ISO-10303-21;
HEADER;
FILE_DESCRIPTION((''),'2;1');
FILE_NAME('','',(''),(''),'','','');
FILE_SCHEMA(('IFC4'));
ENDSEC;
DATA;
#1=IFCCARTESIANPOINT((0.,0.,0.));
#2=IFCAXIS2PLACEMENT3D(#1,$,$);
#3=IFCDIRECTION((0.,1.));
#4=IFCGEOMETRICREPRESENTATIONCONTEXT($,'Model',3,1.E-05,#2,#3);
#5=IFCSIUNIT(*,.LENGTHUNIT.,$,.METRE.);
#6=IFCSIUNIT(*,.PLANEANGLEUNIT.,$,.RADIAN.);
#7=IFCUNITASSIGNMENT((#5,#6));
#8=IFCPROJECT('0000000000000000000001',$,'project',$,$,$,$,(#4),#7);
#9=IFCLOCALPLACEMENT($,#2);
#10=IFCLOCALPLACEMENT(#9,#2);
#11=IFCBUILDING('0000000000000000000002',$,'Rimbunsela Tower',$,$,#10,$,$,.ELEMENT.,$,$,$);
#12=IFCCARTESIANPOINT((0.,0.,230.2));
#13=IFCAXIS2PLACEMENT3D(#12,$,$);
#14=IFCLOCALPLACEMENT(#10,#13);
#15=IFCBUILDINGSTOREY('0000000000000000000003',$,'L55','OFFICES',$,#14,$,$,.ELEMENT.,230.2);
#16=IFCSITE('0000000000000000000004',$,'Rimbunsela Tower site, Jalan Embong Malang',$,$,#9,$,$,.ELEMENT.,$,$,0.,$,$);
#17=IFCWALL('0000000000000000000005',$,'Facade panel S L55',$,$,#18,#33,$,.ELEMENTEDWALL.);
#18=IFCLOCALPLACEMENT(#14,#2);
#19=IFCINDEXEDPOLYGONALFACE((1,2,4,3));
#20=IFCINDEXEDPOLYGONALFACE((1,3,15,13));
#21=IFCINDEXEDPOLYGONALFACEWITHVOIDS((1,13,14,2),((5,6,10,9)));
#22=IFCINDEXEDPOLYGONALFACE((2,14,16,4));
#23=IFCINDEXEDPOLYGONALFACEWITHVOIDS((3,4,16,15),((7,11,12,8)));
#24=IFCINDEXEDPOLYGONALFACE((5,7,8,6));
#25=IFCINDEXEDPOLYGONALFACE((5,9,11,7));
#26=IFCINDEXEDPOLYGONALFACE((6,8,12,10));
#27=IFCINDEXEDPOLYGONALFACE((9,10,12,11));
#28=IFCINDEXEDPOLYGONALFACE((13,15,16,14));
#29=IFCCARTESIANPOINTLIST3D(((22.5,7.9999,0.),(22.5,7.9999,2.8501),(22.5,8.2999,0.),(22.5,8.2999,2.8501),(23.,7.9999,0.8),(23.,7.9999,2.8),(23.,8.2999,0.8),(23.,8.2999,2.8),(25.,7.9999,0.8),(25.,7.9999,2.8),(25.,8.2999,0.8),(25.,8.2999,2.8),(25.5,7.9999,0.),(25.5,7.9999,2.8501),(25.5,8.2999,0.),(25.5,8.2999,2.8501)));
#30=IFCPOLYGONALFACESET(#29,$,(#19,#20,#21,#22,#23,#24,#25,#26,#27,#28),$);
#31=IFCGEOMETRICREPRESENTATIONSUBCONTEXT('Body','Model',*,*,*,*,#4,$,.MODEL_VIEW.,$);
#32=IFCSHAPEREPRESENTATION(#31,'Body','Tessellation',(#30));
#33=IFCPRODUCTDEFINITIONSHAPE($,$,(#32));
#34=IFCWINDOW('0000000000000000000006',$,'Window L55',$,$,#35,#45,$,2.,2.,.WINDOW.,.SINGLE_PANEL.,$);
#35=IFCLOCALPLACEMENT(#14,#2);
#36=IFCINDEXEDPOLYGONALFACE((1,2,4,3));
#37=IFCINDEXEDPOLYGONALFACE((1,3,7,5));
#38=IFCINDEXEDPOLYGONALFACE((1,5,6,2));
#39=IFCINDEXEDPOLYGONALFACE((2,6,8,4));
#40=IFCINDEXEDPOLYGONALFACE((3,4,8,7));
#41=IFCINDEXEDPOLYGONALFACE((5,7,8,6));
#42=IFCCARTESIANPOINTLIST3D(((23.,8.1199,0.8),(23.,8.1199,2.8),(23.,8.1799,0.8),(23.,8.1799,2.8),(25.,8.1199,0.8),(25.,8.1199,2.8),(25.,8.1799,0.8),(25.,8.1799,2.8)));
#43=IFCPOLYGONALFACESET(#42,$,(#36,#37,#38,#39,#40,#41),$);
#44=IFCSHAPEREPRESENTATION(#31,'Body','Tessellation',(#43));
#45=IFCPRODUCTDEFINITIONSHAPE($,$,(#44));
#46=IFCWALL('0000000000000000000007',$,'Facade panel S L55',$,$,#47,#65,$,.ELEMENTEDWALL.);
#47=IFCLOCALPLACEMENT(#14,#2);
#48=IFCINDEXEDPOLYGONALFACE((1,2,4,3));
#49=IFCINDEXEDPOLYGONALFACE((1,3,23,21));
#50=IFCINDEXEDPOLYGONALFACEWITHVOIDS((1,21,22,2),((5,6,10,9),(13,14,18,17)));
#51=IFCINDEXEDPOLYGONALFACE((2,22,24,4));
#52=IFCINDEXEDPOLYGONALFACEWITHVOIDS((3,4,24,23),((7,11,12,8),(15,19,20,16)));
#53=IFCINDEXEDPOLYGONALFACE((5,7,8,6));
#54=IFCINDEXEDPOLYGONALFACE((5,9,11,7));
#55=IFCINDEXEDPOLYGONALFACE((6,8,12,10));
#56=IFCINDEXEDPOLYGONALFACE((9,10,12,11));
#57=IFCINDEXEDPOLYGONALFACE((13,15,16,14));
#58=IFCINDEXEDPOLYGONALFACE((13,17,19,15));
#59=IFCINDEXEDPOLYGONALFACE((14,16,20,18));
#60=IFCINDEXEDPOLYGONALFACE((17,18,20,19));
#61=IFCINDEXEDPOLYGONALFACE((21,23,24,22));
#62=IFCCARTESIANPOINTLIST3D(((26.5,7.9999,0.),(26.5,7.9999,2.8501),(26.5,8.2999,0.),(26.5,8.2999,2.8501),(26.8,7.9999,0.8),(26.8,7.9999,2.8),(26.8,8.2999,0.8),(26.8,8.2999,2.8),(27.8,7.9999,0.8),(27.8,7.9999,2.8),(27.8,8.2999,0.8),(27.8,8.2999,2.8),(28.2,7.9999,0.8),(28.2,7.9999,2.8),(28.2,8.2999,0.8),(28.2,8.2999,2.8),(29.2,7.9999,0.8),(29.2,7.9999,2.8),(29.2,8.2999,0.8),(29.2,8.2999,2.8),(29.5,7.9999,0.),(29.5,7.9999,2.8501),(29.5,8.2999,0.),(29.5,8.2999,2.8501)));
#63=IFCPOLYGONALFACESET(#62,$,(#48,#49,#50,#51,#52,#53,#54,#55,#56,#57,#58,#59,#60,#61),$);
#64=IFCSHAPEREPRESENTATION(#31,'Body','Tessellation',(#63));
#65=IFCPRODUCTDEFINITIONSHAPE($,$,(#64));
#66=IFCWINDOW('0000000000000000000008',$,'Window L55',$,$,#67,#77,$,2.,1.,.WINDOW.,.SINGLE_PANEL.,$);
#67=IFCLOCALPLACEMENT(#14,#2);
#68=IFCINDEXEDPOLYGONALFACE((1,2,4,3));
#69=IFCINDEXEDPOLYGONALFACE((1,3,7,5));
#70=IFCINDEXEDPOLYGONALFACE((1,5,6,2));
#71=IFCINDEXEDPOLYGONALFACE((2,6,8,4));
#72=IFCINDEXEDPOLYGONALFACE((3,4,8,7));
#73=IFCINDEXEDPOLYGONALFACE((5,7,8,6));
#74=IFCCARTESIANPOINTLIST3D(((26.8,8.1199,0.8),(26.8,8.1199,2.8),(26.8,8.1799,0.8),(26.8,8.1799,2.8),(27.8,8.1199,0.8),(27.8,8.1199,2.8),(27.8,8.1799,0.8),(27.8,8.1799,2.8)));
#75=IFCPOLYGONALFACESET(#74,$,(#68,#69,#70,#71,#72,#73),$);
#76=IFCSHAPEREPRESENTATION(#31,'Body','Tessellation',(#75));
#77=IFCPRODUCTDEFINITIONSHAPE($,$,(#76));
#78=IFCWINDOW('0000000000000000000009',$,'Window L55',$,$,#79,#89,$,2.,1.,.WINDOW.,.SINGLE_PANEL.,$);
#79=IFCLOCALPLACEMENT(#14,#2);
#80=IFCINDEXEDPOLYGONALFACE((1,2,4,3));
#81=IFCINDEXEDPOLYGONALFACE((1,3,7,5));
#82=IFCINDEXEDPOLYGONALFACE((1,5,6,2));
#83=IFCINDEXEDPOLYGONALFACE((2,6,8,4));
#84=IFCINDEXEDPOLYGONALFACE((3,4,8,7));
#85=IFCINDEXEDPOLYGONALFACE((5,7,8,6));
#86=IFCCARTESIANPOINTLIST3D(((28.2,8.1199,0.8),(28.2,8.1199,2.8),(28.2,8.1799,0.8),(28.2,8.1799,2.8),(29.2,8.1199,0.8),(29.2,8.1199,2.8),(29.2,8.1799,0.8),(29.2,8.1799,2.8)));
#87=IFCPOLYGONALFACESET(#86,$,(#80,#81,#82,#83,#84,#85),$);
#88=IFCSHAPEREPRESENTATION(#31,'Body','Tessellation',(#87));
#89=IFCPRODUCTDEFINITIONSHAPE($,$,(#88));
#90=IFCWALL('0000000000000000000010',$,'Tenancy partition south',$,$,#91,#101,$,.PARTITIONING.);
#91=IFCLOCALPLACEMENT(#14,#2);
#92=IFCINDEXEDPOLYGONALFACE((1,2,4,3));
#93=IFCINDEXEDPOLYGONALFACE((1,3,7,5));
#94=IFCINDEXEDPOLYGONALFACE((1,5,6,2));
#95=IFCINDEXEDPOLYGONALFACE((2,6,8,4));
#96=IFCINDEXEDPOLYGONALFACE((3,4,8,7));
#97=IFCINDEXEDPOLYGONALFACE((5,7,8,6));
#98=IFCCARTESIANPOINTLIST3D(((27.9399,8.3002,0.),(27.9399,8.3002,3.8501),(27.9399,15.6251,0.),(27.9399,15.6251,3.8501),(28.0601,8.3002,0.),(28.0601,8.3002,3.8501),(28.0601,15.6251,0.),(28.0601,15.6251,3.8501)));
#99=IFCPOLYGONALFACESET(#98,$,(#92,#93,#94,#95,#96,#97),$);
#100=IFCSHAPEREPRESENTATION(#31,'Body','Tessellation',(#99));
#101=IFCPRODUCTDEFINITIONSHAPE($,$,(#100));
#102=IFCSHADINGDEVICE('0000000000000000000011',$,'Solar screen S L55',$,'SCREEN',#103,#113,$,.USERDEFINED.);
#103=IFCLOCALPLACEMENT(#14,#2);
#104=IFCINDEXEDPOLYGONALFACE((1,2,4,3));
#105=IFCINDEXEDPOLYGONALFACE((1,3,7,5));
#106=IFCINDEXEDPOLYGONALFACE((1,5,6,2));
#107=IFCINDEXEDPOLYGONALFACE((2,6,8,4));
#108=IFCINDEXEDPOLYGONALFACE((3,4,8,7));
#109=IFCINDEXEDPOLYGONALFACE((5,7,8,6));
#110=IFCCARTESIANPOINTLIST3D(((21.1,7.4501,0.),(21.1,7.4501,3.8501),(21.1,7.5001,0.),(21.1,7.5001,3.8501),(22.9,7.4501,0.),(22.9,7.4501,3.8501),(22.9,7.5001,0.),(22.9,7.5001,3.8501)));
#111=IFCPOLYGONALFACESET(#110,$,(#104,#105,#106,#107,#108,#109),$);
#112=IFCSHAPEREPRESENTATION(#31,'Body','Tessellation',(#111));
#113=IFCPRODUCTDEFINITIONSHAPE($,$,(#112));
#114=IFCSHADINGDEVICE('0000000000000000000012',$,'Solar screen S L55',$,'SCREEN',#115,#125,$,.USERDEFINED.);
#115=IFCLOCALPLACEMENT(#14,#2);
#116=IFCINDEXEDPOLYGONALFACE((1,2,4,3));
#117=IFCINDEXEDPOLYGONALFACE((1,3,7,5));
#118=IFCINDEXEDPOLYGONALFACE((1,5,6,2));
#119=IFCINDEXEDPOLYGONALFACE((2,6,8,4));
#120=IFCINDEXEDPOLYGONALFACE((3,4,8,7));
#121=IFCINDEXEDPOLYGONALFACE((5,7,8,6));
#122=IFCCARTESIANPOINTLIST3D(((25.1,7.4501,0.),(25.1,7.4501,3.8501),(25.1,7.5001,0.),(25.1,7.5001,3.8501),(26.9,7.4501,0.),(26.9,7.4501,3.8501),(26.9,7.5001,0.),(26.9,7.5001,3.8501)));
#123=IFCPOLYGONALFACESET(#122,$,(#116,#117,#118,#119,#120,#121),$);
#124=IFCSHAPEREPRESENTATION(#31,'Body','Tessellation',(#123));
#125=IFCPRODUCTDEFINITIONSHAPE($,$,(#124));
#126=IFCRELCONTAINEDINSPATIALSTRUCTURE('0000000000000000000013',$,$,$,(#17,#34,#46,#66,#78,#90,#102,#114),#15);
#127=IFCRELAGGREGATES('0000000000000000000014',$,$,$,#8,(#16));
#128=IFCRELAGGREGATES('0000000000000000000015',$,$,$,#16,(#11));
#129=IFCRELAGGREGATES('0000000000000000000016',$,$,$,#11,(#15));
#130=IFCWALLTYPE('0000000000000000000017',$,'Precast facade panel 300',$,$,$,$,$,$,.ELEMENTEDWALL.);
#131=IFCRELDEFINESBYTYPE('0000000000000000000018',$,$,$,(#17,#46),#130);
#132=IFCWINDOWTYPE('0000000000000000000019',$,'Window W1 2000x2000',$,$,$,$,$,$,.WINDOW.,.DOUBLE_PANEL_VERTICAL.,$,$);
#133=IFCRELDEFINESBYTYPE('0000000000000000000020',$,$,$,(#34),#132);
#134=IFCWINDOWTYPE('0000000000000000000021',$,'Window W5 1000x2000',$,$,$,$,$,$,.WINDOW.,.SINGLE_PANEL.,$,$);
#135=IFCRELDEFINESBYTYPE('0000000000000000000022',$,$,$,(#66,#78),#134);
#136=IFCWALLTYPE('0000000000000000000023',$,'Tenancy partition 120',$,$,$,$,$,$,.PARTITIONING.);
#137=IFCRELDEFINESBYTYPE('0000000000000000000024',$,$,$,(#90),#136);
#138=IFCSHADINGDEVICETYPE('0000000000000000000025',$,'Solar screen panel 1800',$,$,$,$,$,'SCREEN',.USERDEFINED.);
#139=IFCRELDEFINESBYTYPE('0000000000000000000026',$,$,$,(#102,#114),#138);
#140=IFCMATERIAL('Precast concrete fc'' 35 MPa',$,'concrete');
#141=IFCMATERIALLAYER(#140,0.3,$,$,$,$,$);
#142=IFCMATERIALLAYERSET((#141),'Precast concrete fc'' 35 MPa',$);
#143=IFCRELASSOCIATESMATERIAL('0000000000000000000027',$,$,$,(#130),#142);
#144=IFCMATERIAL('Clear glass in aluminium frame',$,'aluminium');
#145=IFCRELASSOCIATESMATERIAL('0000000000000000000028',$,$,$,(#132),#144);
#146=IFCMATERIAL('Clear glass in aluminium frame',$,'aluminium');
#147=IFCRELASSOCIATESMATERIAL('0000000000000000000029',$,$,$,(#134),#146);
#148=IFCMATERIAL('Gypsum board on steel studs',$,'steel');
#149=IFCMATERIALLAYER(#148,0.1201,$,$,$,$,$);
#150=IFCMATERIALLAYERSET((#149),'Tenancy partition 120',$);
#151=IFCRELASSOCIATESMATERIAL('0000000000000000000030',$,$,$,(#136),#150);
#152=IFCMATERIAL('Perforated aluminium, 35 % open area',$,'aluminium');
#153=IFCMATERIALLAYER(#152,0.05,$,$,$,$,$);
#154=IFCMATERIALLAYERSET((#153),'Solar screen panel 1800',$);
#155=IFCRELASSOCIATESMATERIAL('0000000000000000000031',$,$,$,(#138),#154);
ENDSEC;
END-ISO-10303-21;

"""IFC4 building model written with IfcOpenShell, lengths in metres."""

from ifc_helpers import new_model, si_unit, direction, frame, frame_2d, origin, origin_2d, place, context, subcontext, project, spatial, rectangle, extrude, material, layer, layer_set, type_object, element, fill, save


model = new_model("IFC4")

# Units and contexts
model_context = context("Model", 3, precision=1e-05, world=origin(), true_north=direction((0.0, 1.0)))
body_context = subcontext(model_context, "Body", "Model", "MODEL_VIEW")
ifc_project = project(units=[si_unit("LENGTHUNIT", "METRE"), si_unit("PLANEANGLEUNIT", "RADIAN")], contexts=[model_context])

# Site, building, storey
site_placement = place(None, origin())
site = spatial("IfcSite", under=ifc_project, at=site_placement, Name="Rimbunsela Tower site, Jalan Embong Malang", CompositionType="ELEMENT", RefElevation=0.0)
building_placement = place(site_placement, origin())
building = spatial("IfcBuilding", under=site, at=building_placement, Name="Rimbunsela Tower", CompositionType="ELEMENT")
storey_placement = place(building_placement, frame((0.0, 0.0, 230.2)))
storey = spatial("IfcBuildingStorey", under=building, at=storey_placement, Name="L55", Description="OFFICES", CompositionType="ELEMENT", Elevation=230.2)

# Wall, opening, window
ifc_material_1 = material(Name="Precast concrete fc' 35 MPa", Category="concrete")
ifc_layer_1 = layer(ifc_material_1, 0.3)
ifc_layer_set_1 = layer_set([ifc_layer_1], Name="Precast concrete fc' 35 MPa")
wall_type_1 = type_object("IfcWallType", Name="Precast facade panel 300", PredefinedType="ELEMENTEDWALL", material=ifc_layer_set_1)
wall_1_placement = place(storey_placement, frame((22.5, 8.1499, 0.0), z_axis=(0.0, 0.0, 1.0), x_axis=(1.0, 0.0, 0.0)))
wall_1 = element("IfcWall", 1, at=wall_1_placement, inside=storey, type_object=wall_type_1, Name="Facade panel S L55", PredefinedType="ELEMENTEDWALL", context=body_context, shape_type="SweptSolid", body=[
    extrude(rectangle(XDim=3.0, YDim=0.3, at=frame_2d((1.5, 0.0))), origin(), (0.0, 0.0, 1.0), 2.8501),
])
opening_1_placement = place(wall_1_placement, frame((0.5, 0.0, 0.8)))
opening_1 = element("IfcOpeningElement", 2, at=opening_1_placement, cuts=wall_1, PredefinedType="OPENING", context=body_context, shape_type="SweptSolid", body=[
    extrude(rectangle(XDim=2.0, YDim=2.0, at=frame_2d((1.0, 1.0))), frame((0.0, 0.1599, 0.0), z_axis=(0.0, -1.0, 0.0), x_axis=(1.0, 0.0, 0.0)), (0.0, 0.0, 1.0), 0.3201),
])
ifc_material_2 = material(Name="Clear glass in aluminium frame", Category="aluminium")
window_type_1 = type_object("IfcWindowType", Name="Window W1 2000x2000", PartitioningType="DOUBLE_PANEL_VERTICAL", PredefinedType="WINDOW", material=ifc_material_2)
window_1_placement = place(opening_1_placement, origin())
window_1 = element("IfcWindow", 3, at=window_1_placement, inside=storey, type_object=window_type_1, Name="Window L55", OverallHeight=2.0, OverallWidth=2.0, PartitioningType="SINGLE_PANEL", PredefinedType="WINDOW", context=body_context, shape_type="SweptSolid", body=[
    extrude(rectangle(XDim=2.0, YDim=2.0, at=frame_2d((1.0, 1.0))), frame((0.0, 0.03, 0.0), z_axis=(0.0, -1.0, 0.0), x_axis=(1.0, 0.0, 0.0)), (0.0, 0.0, 1.0), 0.0601),
])
fill(opening_1, window_1)

# Wall, openings, windows
wall_2_placement = place(storey_placement, frame((26.5, 8.1499, 0.0), z_axis=(0.0, 0.0, 1.0), x_axis=(1.0, 0.0, 0.0)))
wall_2 = element("IfcWall", 4, at=wall_2_placement, inside=storey, type_object=wall_type_1, Name="Facade panel S L55", PredefinedType="ELEMENTEDWALL", context=body_context, shape_type="SweptSolid", body=[
    extrude(rectangle(XDim=3.0, YDim=0.3, at=frame_2d((1.5, 0.0))), origin(), (0.0, 0.0, 1.0), 2.8501),
])
opening_2_placement = place(wall_2_placement, frame((0.3, 0.0, 0.8)))
opening_2 = element("IfcOpeningElement", 5, at=opening_2_placement, cuts=wall_2, PredefinedType="OPENING", context=body_context, shape_type="SweptSolid", body=[
    extrude(rectangle(XDim=1.0, YDim=2.0, at=frame_2d((0.5, 1.0))), frame((0.0, 0.1599, 0.0), z_axis=(0.0, -1.0, 0.0), x_axis=(1.0, 0.0, 0.0)), (0.0, 0.0, 1.0), 0.3201),
])
opening_3_placement = place(wall_2_placement, frame((1.7, 0.0, 0.8)))
opening_3 = element("IfcOpeningElement", 6, at=opening_3_placement, cuts=wall_2, PredefinedType="OPENING", context=body_context, shape_type="SweptSolid", body=[
    extrude(rectangle(XDim=1.0, YDim=2.0, at=frame_2d((0.5, 1.0))), frame((0.0, 0.1599, 0.0), z_axis=(0.0, -1.0, 0.0), x_axis=(1.0, 0.0, 0.0)), (0.0, 0.0, 1.0), 0.3201),
])
ifc_material_3 = material(Name="Clear glass in aluminium frame", Category="aluminium")
window_type_2 = type_object("IfcWindowType", Name="Window W5 1000x2000", PartitioningType="SINGLE_PANEL", PredefinedType="WINDOW", material=ifc_material_3)
window_2_placement = place(opening_2_placement, origin())
window_2 = element("IfcWindow", 7, at=window_2_placement, inside=storey, type_object=window_type_2, Name="Window L55", OverallHeight=2.0, OverallWidth=1.0, PartitioningType="SINGLE_PANEL", PredefinedType="WINDOW", context=body_context, shape_type="SweptSolid", body=[
    extrude(rectangle(XDim=1.0, YDim=2.0, at=frame_2d((0.5, 1.0))), frame((0.0, 0.03, 0.0), z_axis=(0.0, -1.0, 0.0), x_axis=(1.0, 0.0, 0.0)), (0.0, 0.0, 1.0), 0.0601),
])
fill(opening_2, window_2)
window_3_placement = place(opening_3_placement, origin())
window_3 = element("IfcWindow", 8, at=window_3_placement, inside=storey, type_object=window_type_2, Name="Window L55", OverallHeight=2.0, OverallWidth=1.0, PartitioningType="SINGLE_PANEL", PredefinedType="WINDOW", context=body_context, shape_type="SweptSolid", body=[
    extrude(rectangle(XDim=1.0, YDim=2.0, at=frame_2d((0.5, 1.0))), frame((0.0, 0.03, 0.0), z_axis=(0.0, -1.0, 0.0), x_axis=(1.0, 0.0, 0.0)), (0.0, 0.0, 1.0), 0.0601),
])
fill(opening_3, window_3)

# Wall
ifc_material_4 = material(Name="Gypsum board on steel studs", Category="steel")
ifc_layer_2 = layer(ifc_material_4, 0.1201)
ifc_layer_set_2 = layer_set([ifc_layer_2], Name="Tenancy partition 120")
wall_type_2 = type_object("IfcWallType", Name="Tenancy partition 120", PredefinedType="PARTITIONING", material=ifc_layer_set_2)
wall_3_placement = place(storey_placement, frame((28.0, 8.3, 0.0), z_axis=(0.0, 0.0, 1.0), x_axis=(0.0, 1.0, 0.0)))
element("IfcWall", 9, at=wall_3_placement, inside=storey, type_object=wall_type_2, Name="Tenancy partition south", PredefinedType="PARTITIONING", context=body_context, shape_type="SweptSolid", body=[
    extrude(rectangle(XDim=7.325, YDim=0.1201, at=frame_2d((3.6626, 0.0))), origin(), (0.0, 0.0, 1.0), 3.8501),
])

# Shading devices
ifc_material_5 = material(Name="Perforated aluminium, 35 % open area", Category="aluminium")
ifc_layer_3 = layer(ifc_material_5, 0.05)
ifc_layer_set_3 = layer_set([ifc_layer_3], Name="Solar screen panel 1800")
shading_device_type = type_object("IfcShadingDeviceType", Name="Solar screen panel 1800", ElementType="SCREEN", PredefinedType="USERDEFINED", material=ifc_layer_set_3)
for number, where, z_axis, x_axis, name in (
    (10, (22.0, 7.4751, 0.0), (0.0, 0.0, 1.0), (1.0, 0.0, 0.0), "Solar screen S L55"),
    (11, (26.0, 7.4751, 0.0), (0.0, 0.0, 1.0), (1.0, 0.0, 0.0), "Solar screen S L55"),
):
    element("IfcShadingDevice", number, at=place(storey_placement, frame(where, z_axis=z_axis, x_axis=x_axis)), inside=storey, type_object=shading_device_type, Name=name, ObjectType="SCREEN", PredefinedType="USERDEFINED", context=body_context, shape_type="SweptSolid", body=[
        extrude(rectangle(XDim=1.8, YDim=0.05, at=origin_2d()), origin(), (0.0, 0.0, 1.0), 3.8501),
    ])

save(model, "model.ifc")
